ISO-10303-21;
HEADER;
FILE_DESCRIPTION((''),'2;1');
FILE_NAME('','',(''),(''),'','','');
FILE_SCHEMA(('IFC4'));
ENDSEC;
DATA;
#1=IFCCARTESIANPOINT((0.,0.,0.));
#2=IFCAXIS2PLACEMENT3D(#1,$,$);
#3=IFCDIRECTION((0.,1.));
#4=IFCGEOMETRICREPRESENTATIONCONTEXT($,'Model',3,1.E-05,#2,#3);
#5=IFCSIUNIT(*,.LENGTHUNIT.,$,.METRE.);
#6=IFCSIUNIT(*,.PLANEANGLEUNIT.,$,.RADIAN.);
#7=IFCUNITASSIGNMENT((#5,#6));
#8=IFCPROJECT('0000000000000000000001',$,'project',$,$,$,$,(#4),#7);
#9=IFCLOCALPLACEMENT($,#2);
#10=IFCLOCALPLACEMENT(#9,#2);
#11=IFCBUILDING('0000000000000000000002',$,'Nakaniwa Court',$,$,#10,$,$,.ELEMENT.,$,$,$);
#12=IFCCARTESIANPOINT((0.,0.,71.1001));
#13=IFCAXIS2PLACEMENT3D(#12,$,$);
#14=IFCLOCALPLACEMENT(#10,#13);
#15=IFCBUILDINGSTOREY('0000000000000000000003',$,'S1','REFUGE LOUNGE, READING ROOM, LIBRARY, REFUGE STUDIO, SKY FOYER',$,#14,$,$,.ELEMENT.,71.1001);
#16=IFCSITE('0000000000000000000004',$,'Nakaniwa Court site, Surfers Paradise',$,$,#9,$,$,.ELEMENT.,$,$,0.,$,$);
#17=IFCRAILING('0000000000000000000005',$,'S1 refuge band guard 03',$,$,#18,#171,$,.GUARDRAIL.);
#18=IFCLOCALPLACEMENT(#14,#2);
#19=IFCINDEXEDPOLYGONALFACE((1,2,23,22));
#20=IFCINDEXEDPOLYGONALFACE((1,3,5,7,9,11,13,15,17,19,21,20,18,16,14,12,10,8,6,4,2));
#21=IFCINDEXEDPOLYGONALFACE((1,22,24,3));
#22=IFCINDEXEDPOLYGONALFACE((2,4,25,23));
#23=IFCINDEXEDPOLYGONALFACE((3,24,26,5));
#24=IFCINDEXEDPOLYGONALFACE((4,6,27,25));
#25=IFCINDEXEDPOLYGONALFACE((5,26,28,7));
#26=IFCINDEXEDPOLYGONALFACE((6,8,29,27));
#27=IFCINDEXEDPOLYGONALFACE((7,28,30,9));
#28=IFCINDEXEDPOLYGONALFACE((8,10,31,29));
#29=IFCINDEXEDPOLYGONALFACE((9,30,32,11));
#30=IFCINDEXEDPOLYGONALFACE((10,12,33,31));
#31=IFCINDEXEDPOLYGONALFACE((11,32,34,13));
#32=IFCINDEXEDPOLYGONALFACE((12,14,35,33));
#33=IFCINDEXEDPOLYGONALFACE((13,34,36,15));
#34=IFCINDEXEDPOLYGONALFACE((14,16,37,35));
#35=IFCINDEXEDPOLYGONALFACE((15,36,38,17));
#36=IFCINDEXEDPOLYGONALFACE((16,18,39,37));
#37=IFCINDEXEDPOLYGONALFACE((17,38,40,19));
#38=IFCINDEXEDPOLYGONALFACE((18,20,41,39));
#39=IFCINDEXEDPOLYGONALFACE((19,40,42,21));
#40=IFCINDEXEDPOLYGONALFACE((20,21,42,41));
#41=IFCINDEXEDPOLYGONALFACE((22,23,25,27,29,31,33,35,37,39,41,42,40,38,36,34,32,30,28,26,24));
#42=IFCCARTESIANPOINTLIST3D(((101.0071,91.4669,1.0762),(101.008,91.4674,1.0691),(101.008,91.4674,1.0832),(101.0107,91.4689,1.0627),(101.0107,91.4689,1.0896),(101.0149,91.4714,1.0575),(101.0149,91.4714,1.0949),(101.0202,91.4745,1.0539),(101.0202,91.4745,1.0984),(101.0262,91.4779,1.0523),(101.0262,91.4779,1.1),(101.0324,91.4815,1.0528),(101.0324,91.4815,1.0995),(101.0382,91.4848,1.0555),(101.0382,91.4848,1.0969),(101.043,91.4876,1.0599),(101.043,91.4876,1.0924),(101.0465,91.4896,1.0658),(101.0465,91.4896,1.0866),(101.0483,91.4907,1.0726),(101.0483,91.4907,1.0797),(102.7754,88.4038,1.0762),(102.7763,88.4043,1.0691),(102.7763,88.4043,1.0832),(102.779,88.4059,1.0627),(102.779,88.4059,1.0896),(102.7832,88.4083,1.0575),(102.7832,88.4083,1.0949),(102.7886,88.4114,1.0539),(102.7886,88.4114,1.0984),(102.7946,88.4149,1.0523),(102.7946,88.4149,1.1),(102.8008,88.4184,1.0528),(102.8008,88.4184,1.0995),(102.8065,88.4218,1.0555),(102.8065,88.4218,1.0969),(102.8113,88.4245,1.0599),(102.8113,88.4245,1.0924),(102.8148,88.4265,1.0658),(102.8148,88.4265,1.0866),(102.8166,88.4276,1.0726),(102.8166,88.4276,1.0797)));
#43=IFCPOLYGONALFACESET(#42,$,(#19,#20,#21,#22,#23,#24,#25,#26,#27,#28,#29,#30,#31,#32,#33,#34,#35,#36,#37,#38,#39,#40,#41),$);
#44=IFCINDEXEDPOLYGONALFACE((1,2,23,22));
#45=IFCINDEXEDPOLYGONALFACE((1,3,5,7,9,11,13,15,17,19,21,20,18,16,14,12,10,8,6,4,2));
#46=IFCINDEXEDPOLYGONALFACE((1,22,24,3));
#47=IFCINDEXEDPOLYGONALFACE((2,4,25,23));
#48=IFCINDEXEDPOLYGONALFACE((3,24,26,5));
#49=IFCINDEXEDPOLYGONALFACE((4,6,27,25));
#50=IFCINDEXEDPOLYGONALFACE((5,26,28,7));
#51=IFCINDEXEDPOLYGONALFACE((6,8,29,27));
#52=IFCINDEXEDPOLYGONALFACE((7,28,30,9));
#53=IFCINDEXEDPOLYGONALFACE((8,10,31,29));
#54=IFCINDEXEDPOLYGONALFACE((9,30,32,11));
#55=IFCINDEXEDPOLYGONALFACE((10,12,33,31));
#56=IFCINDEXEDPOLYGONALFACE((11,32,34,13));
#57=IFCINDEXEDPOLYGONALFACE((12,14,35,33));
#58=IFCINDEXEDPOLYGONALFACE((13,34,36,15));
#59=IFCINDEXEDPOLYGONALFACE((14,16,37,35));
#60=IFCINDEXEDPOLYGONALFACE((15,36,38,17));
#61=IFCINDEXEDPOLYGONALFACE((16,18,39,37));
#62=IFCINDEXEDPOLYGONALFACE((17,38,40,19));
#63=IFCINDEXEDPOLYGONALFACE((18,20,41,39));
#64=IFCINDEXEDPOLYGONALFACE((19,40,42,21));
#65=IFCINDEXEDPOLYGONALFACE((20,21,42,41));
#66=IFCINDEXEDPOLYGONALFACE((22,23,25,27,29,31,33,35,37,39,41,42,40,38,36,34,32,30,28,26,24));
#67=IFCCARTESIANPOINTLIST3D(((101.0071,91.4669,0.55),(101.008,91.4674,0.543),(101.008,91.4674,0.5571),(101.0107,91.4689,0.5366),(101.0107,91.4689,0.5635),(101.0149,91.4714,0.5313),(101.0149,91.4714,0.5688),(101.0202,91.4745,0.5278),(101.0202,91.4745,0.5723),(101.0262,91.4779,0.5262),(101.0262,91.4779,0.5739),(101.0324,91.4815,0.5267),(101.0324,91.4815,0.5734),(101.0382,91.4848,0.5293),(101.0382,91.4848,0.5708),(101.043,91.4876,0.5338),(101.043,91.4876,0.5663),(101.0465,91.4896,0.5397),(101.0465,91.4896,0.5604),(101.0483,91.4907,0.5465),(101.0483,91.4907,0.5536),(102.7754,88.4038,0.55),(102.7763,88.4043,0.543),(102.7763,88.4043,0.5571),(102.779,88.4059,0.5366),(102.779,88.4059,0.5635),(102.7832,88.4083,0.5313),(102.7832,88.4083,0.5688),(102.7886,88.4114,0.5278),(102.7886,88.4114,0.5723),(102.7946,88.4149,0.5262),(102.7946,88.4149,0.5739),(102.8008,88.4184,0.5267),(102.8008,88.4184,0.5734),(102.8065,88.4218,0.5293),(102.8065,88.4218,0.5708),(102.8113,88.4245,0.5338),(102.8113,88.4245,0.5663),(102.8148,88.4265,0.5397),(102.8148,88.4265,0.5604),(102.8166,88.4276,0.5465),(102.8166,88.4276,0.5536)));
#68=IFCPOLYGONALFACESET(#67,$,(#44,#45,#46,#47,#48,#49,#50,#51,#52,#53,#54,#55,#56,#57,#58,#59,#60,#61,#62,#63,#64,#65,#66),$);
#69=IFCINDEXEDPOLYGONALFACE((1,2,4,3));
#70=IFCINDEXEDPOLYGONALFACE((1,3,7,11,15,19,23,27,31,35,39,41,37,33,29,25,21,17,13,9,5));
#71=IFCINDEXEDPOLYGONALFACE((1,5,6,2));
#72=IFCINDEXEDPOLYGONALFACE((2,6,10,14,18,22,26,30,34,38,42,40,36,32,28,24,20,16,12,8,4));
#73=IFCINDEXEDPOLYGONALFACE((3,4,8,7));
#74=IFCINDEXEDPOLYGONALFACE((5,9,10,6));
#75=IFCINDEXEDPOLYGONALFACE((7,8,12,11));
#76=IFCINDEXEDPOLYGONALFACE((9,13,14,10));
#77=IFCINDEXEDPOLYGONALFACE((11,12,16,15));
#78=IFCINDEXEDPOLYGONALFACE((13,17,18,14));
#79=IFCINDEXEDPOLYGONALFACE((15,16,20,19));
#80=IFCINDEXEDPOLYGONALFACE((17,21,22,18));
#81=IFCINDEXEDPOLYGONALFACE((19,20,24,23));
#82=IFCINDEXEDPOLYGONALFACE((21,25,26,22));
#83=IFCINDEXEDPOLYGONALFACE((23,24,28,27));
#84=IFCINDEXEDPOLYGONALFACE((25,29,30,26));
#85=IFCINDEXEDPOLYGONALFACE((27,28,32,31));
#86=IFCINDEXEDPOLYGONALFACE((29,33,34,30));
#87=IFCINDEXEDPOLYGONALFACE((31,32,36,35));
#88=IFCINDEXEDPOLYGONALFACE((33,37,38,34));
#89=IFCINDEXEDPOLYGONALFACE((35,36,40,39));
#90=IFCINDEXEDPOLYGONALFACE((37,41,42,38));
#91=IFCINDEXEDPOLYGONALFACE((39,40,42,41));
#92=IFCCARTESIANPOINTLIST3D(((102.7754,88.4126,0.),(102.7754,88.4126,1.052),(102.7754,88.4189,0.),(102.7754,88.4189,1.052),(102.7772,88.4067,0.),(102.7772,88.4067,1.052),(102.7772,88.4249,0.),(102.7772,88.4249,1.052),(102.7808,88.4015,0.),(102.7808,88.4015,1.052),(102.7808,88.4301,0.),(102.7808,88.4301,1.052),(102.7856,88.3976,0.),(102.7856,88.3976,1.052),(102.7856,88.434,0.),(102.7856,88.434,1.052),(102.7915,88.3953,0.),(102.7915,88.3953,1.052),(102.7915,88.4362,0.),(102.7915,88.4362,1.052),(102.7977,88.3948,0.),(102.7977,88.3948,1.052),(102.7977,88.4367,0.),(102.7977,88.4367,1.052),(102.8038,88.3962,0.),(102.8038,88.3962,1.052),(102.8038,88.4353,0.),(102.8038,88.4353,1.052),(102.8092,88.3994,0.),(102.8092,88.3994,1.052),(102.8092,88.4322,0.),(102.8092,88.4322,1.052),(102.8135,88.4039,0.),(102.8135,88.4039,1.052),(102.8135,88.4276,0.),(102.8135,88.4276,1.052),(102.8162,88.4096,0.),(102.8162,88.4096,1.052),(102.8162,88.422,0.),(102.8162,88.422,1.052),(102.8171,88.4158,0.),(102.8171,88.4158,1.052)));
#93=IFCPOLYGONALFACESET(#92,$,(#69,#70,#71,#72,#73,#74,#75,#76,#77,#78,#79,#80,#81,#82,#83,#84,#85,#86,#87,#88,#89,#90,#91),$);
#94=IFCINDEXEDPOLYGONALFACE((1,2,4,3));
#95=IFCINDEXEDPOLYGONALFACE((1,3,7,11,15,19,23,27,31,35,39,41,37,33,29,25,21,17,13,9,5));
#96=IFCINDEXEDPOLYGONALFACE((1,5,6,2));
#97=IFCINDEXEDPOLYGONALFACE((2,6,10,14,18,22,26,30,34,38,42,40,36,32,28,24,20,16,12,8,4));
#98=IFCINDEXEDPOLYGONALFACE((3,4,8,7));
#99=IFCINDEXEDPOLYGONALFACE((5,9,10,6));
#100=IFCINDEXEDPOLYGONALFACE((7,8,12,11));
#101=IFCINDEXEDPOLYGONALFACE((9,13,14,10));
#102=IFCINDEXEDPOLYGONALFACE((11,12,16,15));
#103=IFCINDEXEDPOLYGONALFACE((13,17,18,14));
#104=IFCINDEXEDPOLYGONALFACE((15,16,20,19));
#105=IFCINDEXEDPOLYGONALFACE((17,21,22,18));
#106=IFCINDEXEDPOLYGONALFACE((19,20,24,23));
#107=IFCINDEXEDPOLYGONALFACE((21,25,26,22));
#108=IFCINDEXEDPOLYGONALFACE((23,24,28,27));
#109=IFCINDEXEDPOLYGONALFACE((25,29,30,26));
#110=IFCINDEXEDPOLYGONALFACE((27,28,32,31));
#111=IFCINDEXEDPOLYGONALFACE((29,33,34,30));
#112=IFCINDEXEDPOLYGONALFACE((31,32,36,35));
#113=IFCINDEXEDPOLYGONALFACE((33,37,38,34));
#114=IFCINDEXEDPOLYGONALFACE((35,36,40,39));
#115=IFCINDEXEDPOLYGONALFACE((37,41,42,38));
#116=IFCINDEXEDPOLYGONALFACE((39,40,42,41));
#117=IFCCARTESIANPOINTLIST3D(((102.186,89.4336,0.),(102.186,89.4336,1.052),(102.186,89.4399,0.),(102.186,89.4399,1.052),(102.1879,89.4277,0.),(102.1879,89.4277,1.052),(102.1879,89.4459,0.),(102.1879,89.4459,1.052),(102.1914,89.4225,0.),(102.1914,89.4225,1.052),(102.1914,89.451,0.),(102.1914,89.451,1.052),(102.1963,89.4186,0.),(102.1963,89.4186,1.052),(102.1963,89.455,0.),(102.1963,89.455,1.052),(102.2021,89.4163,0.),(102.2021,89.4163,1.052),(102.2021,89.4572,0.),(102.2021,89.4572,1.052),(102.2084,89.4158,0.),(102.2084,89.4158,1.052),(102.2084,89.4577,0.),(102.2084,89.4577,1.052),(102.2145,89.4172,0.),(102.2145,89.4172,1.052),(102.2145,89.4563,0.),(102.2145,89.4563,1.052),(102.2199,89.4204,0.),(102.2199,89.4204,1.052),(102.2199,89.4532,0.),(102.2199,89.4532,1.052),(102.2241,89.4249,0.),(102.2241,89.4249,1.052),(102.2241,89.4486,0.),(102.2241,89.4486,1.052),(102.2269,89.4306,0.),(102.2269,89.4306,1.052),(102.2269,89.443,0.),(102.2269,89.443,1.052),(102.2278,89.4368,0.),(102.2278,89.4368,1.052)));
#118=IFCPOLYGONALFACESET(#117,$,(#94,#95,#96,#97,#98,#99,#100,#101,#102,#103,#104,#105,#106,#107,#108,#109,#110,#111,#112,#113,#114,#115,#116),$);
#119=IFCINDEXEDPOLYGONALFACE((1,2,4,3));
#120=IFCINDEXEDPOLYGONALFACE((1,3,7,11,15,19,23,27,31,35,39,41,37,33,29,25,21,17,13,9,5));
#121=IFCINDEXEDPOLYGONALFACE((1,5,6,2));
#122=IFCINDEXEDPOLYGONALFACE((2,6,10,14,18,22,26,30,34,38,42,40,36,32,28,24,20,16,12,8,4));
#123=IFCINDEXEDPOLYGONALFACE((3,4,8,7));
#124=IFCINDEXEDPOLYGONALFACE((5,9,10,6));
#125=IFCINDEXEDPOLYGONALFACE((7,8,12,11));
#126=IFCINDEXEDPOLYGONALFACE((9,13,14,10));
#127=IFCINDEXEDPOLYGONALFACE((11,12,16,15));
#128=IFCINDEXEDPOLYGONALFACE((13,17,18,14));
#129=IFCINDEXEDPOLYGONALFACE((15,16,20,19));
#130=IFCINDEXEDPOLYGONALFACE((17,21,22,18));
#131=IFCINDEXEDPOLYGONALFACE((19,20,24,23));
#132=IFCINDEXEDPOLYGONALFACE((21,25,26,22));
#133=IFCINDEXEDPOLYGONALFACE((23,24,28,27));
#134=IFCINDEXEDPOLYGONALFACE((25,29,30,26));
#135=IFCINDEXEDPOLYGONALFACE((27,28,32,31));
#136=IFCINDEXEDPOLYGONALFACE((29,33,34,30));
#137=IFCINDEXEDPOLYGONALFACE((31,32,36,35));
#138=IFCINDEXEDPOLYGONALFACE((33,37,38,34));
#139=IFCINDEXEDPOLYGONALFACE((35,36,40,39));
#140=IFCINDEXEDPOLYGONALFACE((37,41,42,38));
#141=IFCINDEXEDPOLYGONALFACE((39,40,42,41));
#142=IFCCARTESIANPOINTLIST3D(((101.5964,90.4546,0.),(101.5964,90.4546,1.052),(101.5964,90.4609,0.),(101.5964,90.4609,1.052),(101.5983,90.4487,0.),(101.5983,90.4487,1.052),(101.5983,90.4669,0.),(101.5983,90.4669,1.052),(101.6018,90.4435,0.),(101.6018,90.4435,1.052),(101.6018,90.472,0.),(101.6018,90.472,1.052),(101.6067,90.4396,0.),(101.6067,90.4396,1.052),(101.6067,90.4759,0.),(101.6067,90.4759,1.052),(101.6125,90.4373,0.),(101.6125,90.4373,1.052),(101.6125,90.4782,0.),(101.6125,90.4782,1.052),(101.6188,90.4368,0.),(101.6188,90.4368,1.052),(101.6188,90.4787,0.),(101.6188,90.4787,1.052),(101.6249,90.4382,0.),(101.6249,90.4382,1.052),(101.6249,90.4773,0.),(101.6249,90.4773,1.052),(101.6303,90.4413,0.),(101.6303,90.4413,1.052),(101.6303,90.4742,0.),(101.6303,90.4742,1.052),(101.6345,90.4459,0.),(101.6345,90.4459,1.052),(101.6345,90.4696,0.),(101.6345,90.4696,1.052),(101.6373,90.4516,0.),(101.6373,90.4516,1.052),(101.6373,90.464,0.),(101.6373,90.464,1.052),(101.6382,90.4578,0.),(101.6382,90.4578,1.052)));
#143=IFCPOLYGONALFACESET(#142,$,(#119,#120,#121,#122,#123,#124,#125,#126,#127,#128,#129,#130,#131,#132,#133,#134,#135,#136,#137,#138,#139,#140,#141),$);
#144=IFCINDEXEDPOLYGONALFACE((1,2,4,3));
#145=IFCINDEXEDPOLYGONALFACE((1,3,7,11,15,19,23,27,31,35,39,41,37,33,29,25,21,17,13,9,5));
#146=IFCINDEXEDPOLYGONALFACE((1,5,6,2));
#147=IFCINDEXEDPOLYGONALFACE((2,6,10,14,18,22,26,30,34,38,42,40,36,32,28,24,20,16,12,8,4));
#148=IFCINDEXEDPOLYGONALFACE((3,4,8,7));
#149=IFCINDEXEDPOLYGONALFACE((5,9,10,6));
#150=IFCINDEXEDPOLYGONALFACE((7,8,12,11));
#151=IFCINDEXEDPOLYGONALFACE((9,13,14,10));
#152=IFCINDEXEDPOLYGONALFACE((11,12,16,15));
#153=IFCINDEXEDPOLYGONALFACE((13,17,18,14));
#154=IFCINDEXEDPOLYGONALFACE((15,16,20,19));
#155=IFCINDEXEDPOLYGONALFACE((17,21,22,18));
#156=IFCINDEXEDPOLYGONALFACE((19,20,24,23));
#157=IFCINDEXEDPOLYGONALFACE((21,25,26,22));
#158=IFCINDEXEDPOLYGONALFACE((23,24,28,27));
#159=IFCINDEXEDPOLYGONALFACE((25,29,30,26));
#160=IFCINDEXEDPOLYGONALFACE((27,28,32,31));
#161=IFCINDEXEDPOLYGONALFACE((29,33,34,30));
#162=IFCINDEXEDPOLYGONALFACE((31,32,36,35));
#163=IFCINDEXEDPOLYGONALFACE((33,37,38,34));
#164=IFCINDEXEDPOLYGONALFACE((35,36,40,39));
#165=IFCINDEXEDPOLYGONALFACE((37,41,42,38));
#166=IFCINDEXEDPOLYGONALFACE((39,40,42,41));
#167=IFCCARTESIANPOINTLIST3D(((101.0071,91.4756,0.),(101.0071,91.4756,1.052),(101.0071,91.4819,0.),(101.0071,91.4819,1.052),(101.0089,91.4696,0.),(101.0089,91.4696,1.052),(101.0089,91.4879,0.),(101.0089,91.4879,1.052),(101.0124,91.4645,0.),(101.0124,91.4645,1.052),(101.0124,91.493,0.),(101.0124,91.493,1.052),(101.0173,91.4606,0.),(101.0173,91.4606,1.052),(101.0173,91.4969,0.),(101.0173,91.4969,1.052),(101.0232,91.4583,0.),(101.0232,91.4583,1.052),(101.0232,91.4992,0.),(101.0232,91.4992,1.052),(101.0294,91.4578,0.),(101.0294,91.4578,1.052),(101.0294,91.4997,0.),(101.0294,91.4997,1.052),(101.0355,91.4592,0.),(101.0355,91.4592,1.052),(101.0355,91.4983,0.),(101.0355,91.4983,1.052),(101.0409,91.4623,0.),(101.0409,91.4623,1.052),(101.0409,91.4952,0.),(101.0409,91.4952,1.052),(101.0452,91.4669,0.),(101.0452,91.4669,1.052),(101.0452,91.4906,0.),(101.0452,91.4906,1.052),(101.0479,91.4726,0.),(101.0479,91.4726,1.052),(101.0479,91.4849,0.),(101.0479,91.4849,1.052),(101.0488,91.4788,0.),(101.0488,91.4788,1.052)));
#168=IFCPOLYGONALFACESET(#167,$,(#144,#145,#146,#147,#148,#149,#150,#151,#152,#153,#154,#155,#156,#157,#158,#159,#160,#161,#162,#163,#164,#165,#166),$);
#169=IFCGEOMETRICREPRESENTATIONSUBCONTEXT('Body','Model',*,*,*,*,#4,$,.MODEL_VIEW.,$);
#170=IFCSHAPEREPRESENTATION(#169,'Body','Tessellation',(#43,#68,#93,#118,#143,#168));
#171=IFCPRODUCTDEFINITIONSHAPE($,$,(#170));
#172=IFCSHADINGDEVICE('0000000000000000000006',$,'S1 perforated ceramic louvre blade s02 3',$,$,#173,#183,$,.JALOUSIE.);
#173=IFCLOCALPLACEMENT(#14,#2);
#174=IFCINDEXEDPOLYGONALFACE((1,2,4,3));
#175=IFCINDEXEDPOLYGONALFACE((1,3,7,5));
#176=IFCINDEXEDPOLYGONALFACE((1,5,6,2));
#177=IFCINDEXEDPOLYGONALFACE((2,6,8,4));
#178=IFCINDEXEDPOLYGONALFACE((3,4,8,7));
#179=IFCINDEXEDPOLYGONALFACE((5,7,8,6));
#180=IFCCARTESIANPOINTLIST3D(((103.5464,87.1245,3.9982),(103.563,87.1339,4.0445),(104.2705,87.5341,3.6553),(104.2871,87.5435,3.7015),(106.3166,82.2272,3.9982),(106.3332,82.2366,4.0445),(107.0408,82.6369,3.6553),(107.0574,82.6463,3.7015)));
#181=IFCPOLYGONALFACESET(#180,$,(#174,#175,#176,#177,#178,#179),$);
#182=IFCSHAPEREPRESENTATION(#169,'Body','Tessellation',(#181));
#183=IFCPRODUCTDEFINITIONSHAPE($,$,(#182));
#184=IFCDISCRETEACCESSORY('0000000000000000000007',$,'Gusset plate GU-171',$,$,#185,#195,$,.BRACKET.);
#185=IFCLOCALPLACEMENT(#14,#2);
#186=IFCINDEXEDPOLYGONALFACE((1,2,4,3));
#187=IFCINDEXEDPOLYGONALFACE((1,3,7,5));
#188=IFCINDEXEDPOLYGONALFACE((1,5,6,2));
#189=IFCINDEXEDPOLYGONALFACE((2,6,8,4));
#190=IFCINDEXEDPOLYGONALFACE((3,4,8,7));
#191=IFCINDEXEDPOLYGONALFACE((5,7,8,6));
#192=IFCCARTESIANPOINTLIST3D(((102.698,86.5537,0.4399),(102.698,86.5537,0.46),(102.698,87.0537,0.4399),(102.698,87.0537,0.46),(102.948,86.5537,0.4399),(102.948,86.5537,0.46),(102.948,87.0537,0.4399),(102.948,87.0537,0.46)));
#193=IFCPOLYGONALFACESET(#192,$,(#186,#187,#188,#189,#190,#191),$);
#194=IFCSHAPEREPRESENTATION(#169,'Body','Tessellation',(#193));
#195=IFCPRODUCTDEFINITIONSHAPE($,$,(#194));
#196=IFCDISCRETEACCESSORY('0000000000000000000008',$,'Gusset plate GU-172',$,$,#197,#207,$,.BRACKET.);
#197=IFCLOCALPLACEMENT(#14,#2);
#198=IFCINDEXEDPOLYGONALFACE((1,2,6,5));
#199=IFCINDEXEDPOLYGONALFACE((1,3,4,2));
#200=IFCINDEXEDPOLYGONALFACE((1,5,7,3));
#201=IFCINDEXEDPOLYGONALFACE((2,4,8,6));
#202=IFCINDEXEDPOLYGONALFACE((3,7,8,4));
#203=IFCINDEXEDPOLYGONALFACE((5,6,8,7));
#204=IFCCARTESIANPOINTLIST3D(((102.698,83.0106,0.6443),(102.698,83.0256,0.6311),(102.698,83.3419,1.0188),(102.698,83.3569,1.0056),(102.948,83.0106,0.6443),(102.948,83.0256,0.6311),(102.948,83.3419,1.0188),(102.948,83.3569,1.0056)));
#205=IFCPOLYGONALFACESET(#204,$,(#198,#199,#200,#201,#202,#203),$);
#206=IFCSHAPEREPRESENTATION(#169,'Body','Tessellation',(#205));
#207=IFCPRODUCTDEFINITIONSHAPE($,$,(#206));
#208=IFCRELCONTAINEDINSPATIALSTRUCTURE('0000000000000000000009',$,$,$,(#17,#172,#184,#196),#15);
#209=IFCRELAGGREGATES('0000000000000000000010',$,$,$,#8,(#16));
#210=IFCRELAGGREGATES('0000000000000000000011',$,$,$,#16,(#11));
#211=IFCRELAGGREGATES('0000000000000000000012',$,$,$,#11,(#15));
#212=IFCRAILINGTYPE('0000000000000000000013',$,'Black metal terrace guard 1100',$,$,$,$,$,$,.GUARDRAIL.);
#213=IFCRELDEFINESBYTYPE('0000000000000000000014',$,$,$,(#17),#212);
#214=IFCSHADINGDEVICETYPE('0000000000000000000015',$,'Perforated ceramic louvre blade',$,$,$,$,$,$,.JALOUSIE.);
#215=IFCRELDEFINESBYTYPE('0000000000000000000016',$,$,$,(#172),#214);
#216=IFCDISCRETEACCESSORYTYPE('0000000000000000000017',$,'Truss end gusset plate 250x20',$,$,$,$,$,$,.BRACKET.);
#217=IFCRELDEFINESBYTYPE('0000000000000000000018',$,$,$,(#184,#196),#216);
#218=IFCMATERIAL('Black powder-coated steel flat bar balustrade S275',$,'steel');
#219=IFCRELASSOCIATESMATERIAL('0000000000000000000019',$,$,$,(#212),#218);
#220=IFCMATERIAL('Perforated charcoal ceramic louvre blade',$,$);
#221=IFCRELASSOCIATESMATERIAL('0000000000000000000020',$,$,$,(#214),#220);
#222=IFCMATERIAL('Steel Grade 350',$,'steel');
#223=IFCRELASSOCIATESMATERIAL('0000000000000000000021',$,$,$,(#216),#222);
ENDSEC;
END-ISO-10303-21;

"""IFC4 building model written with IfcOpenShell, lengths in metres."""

from ifc_helpers import new_model, si_unit, direction, frame, origin, origin_2d, place, context, subcontext, project, spatial, rectangle, circle, extrude, material, material_profile, profile_set, type_object, element, save


model = new_model("IFC4")

# Units and contexts
model_context = context("Model", 3, precision=1e-05, world=origin(), true_north=direction((0.0, 1.0)))
body_context = subcontext(model_context, "Body", "Model", "MODEL_VIEW")
ifc_project = project(units=[si_unit("LENGTHUNIT", "METRE"), si_unit("PLANEANGLEUNIT", "RADIAN")], contexts=[model_context])

# Site, building, storey
site_placement = place(None, origin())
site = spatial("IfcSite", under=ifc_project, at=site_placement, Name="Nakaniwa Court site, Surfers Paradise", CompositionType="ELEMENT", RefElevation=0.0)
building_placement = place(site_placement, origin())
building = spatial("IfcBuilding", under=site, at=building_placement, Name="Nakaniwa Court", CompositionType="ELEMENT")
storey_placement = place(building_placement, frame((0.0, 0.0, 71.1001)))
storey = spatial("IfcBuildingStorey", under=building, at=storey_placement, Name="S1", Description="REFUGE LOUNGE, READING ROOM, LIBRARY, REFUGE STUDIO, SKY FOYER", CompositionType="ELEMENT", Elevation=71.1001)

# Shared definitions
ifc_material_1 = material(Name="Steel Grade 350", Category="steel")

# Railing
ifc_material_2 = material(Name="Black powder-coated steel flat bar balustrade S275", Category="steel")
railing_type = type_object("IfcRailingType", Name="Black metal terrace guard 1100", PredefinedType="GUARDRAIL", material=ifc_material_2)
railing_placement = place(storey_placement, frame((102.7961, 88.4158, 0.0)))
element("IfcRailing", 1, at=railing_placement, inside=storey, type_object=railing_type, Name="S1 refuge band guard 03", PredefinedType="GUARDRAIL", context=body_context, shape_type="SweptSolid", body=[
    extrude(circle(Radius=0.0239, at=origin_2d()), frame((0.0, 0.0, 1.0762), z_axis=(-0.499977, 0.866038, 0.0), x_axis=(-0.866038, -0.499977, 0.0)), (0.0, 0.0, 1.0), 3.5369),
    extrude(circle(Radius=0.0239, at=origin_2d()), frame((0.0, 0.0, 0.55), z_axis=(-0.499977, 0.866038, 0.0), x_axis=(-0.866038, -0.499977, 0.0)), (0.0, 0.0, 1.0), 3.5369),
    extrude(circle(Radius=0.021, at=origin_2d()), origin(), (0.0, 0.0, 1.0), 1.052),
    extrude(circle(Radius=0.021, at=origin_2d()), frame((-0.5894, 1.021, 0.0)), (0.0, 0.0, 1.0), 1.052),
    extrude(circle(Radius=0.021, at=origin_2d()), frame((-1.179, 2.042, 0.0)), (0.0, 0.0, 1.0), 1.052),
    extrude(circle(Radius=0.021, at=origin_2d()), frame((-1.7683, 3.063, 0.0)), (0.0, 0.0, 1.0), 1.052),
])

# Shading device
ifc_material_3 = material(Name="Perforated charcoal ceramic louvre blade")
ifc_material_profile_1 = material_profile(ifc_material_3, rectangle(XDim=0.8999, YDim=0.05, at=origin_2d()), Name="Perforated ceramic louvre blade")
ifc_profile_set_1 = profile_set([ifc_material_profile_1], Name="Perforated charcoal ceramic louvre blade")
shading_device_type = type_object("IfcShadingDeviceType", Name="Perforated ceramic louvre blade", PredefinedType="JALOUSIE", material=ifc_profile_set_1)
shading_device_placement = place(storey_placement, frame((106.687, 82.4368, 3.8499), z_axis=(-0.492363, 0.87039, 0.0), x_axis=(-0.804715, -0.455212, 0.38107)))
element("IfcShadingDevice", 2, at=shading_device_placement, inside=storey, type_object=shading_device_type, Name="S1 perforated ceramic louvre blade s02 3", PredefinedType="JALOUSIE", context=body_context, shape_type="SweptSolid", body=[
    extrude(rectangle(XDim=0.8999, YDim=0.05, at=origin_2d()), origin(), (0.0, 0.0, 1.0), 5.6265),
])

# Discrete accessories
ifc_material_profile_2 = material_profile(ifc_material_1, rectangle(XDim=0.25, YDim=0.02, at=origin_2d()), Name="Truss end gusset plate 250x20")
ifc_profile_set_2 = profile_set([ifc_material_profile_2], Name="Steel Grade 350")
discrete_accessory_type = type_object("IfcDiscreteAccessoryType", Name="Truss end gusset plate 250x20", PredefinedType="BRACKET", material=ifc_profile_set_2)
for number, where, z_axis, x_axis, name in (
    (3, (102.823, 86.5537, 0.45), (0.0, 1.0, 0.0), (-1.0, 0.0, 0.0), "Gusset plate GU-171"),
    (4, (102.823, 83.3494, 1.0122), (0.0, -0.662574, -0.748997), (1.0, 0.0, 0.0), "Gusset plate GU-172"),
):
    element("IfcDiscreteAccessory", number, at=place(storey_placement, frame(where, z_axis=z_axis, x_axis=x_axis)), inside=storey, type_object=discrete_accessory_type, Name=name, PredefinedType="BRACKET", context=body_context, shape_type="SweptSolid", body=[
        extrude(rectangle(XDim=0.25, YDim=0.02, at=origin_2d()), origin(), (0.0, 0.0, 1.0), 0.5),
    ])

save(model, "model.ifc")
